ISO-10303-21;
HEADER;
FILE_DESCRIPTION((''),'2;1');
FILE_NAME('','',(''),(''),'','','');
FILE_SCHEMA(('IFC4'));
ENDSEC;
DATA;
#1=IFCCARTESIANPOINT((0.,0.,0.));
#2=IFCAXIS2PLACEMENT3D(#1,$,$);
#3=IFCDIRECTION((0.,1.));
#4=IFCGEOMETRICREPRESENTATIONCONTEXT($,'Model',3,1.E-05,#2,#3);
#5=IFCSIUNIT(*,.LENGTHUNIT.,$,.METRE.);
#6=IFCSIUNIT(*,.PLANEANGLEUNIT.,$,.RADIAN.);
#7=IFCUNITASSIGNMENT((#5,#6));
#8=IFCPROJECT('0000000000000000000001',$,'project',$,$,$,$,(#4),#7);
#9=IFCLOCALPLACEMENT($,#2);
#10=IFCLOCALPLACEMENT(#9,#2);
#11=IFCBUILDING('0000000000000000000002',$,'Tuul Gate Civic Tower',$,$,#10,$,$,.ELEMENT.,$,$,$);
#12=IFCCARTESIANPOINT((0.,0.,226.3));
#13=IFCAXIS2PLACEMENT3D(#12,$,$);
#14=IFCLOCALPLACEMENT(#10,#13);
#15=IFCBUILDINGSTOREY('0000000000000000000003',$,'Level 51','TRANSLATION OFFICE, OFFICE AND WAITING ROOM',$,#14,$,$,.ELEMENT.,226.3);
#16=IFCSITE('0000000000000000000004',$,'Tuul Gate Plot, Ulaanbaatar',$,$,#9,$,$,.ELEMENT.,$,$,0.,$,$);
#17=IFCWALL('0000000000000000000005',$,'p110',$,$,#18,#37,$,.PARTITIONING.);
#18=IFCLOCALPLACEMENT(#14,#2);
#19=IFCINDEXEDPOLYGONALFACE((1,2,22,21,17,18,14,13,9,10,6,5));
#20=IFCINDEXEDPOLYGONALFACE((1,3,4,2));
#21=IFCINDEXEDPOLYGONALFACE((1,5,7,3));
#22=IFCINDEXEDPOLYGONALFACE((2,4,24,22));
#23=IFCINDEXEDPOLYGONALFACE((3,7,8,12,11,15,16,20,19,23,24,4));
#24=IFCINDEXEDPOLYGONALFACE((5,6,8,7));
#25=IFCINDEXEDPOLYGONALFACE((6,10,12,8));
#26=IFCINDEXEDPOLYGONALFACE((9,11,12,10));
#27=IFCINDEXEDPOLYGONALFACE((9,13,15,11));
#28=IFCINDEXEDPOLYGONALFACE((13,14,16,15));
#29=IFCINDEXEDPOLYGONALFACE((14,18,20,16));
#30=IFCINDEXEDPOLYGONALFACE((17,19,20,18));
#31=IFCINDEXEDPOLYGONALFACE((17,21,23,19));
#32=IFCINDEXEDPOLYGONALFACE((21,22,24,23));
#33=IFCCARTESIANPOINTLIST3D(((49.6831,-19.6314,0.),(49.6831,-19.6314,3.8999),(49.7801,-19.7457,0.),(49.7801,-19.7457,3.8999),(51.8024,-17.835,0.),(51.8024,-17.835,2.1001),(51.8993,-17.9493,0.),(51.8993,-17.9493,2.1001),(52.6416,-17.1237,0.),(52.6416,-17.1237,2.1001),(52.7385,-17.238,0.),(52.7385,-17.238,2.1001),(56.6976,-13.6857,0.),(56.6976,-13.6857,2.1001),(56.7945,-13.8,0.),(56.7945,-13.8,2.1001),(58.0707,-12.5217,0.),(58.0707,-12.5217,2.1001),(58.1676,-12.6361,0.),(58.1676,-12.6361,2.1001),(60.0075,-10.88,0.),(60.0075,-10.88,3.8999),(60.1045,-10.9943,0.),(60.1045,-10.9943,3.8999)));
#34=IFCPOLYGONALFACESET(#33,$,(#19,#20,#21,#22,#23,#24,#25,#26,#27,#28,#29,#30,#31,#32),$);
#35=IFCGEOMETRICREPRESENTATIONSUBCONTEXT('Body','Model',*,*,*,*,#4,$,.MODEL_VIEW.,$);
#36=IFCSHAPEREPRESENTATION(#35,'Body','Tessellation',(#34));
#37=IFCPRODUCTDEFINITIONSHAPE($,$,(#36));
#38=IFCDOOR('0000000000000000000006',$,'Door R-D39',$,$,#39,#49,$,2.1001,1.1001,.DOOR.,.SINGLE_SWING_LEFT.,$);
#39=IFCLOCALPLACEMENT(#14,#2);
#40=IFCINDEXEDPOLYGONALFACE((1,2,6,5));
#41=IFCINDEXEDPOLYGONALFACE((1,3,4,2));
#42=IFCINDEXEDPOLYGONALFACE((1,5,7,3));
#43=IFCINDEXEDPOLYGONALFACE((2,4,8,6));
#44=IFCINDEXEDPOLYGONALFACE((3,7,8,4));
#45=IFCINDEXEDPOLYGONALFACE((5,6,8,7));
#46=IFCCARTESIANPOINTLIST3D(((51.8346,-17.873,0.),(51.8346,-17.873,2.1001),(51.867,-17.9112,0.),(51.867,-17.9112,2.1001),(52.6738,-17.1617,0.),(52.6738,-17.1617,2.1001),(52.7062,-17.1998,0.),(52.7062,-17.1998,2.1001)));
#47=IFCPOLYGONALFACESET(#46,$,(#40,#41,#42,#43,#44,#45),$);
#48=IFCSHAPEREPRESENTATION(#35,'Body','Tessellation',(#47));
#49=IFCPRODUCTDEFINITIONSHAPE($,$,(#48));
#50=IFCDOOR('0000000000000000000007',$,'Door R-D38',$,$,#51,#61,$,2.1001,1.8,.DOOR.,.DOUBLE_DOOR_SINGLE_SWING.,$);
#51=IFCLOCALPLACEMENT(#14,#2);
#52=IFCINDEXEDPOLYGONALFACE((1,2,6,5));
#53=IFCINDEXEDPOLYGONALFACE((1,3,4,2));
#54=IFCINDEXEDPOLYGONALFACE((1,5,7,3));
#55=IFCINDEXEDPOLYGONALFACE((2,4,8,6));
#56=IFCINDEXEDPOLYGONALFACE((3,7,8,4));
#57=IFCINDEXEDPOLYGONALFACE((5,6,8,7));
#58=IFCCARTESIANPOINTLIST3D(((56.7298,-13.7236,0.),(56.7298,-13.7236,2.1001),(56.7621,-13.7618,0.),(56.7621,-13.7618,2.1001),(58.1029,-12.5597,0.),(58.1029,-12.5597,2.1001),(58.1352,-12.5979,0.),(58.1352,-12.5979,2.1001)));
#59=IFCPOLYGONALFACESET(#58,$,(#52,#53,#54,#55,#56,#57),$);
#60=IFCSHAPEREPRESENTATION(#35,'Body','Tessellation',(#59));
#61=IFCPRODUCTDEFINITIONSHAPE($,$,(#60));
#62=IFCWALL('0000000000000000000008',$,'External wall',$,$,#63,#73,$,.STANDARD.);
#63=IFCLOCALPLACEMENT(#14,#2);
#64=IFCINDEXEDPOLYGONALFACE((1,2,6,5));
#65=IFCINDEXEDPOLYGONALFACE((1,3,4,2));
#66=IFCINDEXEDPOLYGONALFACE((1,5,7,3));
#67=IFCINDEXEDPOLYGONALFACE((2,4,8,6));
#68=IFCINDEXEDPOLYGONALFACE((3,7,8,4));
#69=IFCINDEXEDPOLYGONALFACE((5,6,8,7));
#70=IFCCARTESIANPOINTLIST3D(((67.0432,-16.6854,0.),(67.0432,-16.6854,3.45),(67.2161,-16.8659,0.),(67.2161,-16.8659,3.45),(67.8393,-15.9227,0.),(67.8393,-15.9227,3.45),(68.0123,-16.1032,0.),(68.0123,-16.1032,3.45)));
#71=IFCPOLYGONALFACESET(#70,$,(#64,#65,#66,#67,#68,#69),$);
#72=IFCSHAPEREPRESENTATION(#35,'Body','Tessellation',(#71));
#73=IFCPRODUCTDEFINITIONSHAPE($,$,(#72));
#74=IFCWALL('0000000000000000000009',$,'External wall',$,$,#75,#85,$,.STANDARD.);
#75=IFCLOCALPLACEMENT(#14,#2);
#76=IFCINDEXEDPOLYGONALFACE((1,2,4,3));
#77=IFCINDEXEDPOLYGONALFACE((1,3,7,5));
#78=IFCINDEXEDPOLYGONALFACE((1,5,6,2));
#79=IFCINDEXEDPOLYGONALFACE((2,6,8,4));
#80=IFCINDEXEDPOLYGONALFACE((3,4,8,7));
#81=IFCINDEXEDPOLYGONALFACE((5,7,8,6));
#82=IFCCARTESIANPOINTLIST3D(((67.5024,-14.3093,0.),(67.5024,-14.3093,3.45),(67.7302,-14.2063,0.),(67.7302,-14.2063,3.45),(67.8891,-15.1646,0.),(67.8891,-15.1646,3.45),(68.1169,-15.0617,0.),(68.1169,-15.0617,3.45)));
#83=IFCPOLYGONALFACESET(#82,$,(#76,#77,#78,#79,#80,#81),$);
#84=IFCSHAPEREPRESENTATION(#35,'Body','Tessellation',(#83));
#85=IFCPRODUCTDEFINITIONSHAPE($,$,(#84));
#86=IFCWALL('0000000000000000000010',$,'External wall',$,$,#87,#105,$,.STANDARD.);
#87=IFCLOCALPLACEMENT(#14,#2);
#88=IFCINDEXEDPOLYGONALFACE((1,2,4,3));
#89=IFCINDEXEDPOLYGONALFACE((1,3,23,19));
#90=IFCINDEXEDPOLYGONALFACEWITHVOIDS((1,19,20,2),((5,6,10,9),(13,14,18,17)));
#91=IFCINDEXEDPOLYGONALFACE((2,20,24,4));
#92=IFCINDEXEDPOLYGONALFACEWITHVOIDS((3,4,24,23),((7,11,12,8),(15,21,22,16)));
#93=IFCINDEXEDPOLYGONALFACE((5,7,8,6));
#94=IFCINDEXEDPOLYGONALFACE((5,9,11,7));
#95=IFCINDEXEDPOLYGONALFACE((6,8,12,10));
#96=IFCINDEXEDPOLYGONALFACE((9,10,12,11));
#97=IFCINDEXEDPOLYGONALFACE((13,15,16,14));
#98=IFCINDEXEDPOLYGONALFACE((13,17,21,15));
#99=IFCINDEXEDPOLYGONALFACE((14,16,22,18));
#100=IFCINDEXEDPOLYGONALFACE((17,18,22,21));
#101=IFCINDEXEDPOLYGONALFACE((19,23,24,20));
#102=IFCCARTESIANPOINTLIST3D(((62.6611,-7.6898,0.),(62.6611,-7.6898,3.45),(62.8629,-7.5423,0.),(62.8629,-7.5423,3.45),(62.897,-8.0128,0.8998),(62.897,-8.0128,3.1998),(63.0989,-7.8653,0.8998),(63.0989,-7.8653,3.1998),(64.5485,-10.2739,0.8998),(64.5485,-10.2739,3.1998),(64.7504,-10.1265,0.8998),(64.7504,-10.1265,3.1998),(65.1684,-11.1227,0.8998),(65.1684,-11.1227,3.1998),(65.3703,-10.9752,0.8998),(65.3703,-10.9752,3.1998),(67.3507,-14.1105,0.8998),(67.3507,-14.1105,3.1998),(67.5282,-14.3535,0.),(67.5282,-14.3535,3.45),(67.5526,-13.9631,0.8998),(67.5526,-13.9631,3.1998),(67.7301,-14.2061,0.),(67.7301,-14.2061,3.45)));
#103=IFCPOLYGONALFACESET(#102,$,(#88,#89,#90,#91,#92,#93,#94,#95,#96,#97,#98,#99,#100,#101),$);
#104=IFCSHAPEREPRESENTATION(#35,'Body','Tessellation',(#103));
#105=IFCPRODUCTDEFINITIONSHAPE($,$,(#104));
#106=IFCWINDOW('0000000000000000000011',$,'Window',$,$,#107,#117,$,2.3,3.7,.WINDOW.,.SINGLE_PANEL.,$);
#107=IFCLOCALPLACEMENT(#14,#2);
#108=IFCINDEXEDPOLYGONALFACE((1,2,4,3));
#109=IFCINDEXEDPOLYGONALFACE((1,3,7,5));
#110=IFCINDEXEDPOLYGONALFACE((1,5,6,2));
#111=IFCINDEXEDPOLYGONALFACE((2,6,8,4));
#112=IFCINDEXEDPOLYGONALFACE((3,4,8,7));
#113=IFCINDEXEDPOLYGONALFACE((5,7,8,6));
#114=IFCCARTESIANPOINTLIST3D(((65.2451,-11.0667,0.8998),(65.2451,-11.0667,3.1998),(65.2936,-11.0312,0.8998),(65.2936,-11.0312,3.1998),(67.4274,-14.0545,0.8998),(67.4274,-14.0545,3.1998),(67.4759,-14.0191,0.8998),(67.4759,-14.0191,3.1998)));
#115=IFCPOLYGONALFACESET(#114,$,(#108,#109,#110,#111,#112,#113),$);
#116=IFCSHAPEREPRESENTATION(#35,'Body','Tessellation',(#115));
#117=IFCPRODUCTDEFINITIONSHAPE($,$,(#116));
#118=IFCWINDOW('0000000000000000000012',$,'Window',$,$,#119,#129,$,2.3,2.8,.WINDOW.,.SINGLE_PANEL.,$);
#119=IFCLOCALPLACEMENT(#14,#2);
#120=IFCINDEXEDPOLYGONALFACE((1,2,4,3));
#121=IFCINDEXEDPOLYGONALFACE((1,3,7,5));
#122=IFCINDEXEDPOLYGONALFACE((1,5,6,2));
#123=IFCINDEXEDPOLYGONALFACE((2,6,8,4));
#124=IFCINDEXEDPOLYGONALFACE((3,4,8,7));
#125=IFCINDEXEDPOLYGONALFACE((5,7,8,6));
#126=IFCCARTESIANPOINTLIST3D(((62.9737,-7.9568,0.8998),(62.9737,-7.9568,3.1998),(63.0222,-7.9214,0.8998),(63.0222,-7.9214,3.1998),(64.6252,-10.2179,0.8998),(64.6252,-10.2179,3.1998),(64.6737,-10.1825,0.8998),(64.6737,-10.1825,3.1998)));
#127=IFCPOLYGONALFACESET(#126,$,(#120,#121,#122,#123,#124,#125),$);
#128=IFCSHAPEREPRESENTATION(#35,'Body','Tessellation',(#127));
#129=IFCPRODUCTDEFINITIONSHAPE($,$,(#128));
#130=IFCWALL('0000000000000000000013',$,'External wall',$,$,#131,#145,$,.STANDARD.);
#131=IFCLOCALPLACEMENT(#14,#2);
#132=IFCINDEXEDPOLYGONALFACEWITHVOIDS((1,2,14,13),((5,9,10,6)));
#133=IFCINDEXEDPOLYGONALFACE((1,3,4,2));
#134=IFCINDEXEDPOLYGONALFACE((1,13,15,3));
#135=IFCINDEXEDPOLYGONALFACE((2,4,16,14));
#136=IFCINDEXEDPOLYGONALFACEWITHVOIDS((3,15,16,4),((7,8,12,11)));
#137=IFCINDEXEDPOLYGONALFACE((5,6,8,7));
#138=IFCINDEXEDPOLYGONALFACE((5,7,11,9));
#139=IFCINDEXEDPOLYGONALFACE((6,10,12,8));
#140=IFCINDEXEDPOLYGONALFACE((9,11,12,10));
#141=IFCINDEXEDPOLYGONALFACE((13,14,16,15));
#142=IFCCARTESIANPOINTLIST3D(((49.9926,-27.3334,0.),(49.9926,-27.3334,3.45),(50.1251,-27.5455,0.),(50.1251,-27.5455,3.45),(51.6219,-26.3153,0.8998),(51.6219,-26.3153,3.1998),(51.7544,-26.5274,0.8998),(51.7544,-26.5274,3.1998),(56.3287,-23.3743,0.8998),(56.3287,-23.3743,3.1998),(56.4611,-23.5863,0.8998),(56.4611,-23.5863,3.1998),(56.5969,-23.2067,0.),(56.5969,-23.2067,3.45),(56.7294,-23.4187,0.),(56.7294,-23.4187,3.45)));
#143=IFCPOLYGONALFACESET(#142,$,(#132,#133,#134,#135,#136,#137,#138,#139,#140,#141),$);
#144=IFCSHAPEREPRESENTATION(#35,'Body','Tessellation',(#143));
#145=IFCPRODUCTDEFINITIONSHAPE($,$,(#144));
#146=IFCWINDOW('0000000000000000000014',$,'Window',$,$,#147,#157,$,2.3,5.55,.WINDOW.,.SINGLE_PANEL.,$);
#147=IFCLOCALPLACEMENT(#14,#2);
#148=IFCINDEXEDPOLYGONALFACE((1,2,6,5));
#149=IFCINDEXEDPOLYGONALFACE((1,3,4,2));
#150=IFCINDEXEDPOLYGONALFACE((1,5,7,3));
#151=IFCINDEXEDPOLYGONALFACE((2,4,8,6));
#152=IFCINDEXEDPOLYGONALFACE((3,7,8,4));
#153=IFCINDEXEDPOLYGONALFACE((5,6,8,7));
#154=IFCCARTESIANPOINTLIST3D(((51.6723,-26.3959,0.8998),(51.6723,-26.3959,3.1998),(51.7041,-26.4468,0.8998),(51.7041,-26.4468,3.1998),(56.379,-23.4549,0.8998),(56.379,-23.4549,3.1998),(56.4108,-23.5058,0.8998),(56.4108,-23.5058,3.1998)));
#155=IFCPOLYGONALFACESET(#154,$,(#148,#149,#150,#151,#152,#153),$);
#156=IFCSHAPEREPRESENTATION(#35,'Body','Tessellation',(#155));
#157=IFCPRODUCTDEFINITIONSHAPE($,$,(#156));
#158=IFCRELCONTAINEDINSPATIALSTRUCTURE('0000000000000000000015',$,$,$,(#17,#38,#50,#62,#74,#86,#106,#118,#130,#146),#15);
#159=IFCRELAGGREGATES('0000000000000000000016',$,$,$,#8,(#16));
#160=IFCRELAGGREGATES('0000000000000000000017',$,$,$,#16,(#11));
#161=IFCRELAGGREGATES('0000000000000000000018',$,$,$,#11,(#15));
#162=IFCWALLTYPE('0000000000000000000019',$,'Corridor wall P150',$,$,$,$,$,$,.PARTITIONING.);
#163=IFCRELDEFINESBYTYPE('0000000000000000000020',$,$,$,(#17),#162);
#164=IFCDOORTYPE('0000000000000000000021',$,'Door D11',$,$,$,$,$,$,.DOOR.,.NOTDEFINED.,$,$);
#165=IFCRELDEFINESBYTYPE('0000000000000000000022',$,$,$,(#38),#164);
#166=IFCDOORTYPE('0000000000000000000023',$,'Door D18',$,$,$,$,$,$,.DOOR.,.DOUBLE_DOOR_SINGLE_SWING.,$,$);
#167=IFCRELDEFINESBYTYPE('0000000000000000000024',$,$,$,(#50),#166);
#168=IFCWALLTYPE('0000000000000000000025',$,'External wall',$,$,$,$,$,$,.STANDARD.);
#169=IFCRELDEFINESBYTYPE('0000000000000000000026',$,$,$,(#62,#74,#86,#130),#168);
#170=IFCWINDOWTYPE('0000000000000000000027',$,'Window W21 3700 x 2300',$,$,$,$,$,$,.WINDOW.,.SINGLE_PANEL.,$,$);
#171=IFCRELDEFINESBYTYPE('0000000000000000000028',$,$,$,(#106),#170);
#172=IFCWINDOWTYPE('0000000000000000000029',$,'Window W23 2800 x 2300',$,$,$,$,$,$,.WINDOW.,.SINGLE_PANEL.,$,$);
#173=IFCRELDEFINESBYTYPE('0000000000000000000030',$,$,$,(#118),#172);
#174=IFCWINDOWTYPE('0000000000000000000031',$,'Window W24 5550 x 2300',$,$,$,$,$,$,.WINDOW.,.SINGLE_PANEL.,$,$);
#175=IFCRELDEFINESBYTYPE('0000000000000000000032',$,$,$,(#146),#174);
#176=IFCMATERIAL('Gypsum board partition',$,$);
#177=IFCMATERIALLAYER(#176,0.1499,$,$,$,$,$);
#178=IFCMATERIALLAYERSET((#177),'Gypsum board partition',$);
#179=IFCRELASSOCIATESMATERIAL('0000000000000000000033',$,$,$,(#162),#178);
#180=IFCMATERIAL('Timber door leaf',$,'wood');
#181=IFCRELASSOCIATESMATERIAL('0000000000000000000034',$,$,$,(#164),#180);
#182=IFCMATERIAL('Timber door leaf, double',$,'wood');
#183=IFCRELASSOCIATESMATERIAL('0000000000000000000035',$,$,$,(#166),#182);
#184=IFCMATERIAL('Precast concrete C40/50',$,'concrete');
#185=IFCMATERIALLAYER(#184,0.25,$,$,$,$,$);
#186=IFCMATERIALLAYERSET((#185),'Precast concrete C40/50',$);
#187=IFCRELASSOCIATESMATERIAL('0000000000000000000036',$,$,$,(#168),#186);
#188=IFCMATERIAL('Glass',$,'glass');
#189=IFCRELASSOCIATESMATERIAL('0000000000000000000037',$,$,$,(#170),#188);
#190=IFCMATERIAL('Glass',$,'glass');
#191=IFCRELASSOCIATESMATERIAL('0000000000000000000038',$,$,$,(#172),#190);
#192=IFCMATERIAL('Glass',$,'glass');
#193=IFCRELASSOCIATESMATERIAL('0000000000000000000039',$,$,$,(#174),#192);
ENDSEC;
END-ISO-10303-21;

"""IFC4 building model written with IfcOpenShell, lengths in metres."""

from ifc_helpers import new_model, si_unit, direction, frame, frame_2d, origin, place, context, subcontext, project, spatial, rectangle, extrude, material, layer, layer_set, type_object, element, fill, save


model = new_model("IFC4")

# Units and contexts
model_context = context("Model", 3, precision=1e-05, world=origin(), true_north=direction((0.0, 1.0)))
body_context = subcontext(model_context, "Body", "Model", "MODEL_VIEW")
ifc_project = project(units=[si_unit("LENGTHUNIT", "METRE"), si_unit("PLANEANGLEUNIT", "RADIAN")], contexts=[model_context])

# Site, building, storey
site_placement = place(None, origin())
site = spatial("IfcSite", under=ifc_project, at=site_placement, Name="Tuul Gate Plot, Ulaanbaatar", CompositionType="ELEMENT", RefElevation=0.0)
building_placement = place(site_placement, origin())
building = spatial("IfcBuilding", under=site, at=building_placement, Name="Tuul Gate Civic Tower", CompositionType="ELEMENT")
storey_placement = place(building_placement, frame((0.0, 0.0, 226.3)))
storey = spatial("IfcBuildingStorey", under=building, at=storey_placement, Name="Level 51", Description="TRANSLATION OFFICE, OFFICE AND WAITING ROOM", CompositionType="ELEMENT", Elevation=226.3)

# Wall, openings, doors
ifc_material_1 = material(Name="Gypsum board partition")
ifc_layer_1 = layer(ifc_material_1, 0.1499)
ifc_layer_set_1 = layer_set([ifc_layer_1], Name="Gypsum board partition")
wall_type_1 = type_object("IfcWallType", Name="Corridor wall P150", PredefinedType="PARTITIONING", material=ifc_layer_set_1)
wall_1_placement = place(storey_placement, frame((49.7317, -19.6885, 0.0), z_axis=(0.0, 0.0, 1.0), x_axis=(0.762826, 0.646604, 0.0)))
wall_1 = element("IfcWall", 1, at=wall_1_placement, inside=storey, type_object=wall_type_1, Name="p110", PredefinedType="PARTITIONING", context=body_context, shape_type="SweptSolid", body=[
    extrude(rectangle(XDim=13.5344, YDim=0.1499, at=frame_2d((6.7671, 0.0))), origin(), (0.0, 0.0, 1.0), 3.8999),
])
opening_1_placement = place(wall_1_placement, frame((9.1953, 0.0, 0.0)))
opening_1 = element("IfcOpeningElement", 2, at=opening_1_placement, cuts=wall_1, PredefinedType="OPENING", context=body_context, shape_type="SweptSolid", body=[
    extrude(rectangle(XDim=1.8, YDim=2.1001, at=frame_2d((0.8999, 1.05))), frame((0.0, 0.085, 0.0), z_axis=(0.0, -1.0, 0.0), x_axis=(1.0, 0.0, 0.0)), (0.0, 0.0, 1.0), 0.1699),
])
opening_2_placement = place(wall_1_placement, frame((2.7781, 0.0, 0.0)))
opening_2 = element("IfcOpeningElement", 3, at=opening_2_placement, cuts=wall_1, PredefinedType="OPENING", context=body_context, shape_type="SweptSolid", body=[
    extrude(rectangle(XDim=1.1001, YDim=2.1001, at=frame_2d((0.55, 1.05))), frame((0.0, 0.085, 0.0), z_axis=(0.0, -1.0, 0.0), x_axis=(1.0, 0.0, 0.0)), (0.0, 0.0, 1.0), 0.1699),
])
ifc_material_2 = material(Name="Timber door leaf", Category="wood")
door_type_1 = type_object("IfcDoorType", Name="Door D11", OperationType="NOTDEFINED", PredefinedType="DOOR", material=ifc_material_2)
door_1_placement = place(opening_2_placement, frame((1.1001, 0.0, 0.0), z_axis=(0.0, 0.0, 1.0), x_axis=(-1.0, 0.0, 0.0)))
door_1 = element("IfcDoor", 4, at=door_1_placement, inside=storey, type_object=door_type_1, Name="Door R-D39", OperationType="SINGLE_SWING_LEFT", OverallHeight=2.1001, OverallWidth=1.1001, PredefinedType="DOOR", context=body_context, shape_type="SweptSolid", body=[
    extrude(rectangle(XDim=1.1001, YDim=2.1001, at=frame_2d((0.55, 1.05))), frame((0.0, 0.0249, 0.0), z_axis=(0.0, -1.0, 0.0), x_axis=(1.0, 0.0, 0.0)), (0.0, 0.0, 1.0), 0.05),
])
fill(opening_2, door_1)
ifc_material_3 = material(Name="Timber door leaf, double", Category="wood")
door_type_2 = type_object("IfcDoorType", Name="Door D18", OperationType="DOUBLE_DOOR_SINGLE_SWING", PredefinedType="DOOR", material=ifc_material_3)
door_2_placement = place(opening_1_placement, frame((1.8, 0.0, 0.0), z_axis=(0.0, 0.0, 1.0), x_axis=(-1.0, 0.0, 0.0)))
door_2 = element("IfcDoor", 5, at=door_2_placement, inside=storey, type_object=door_type_2, Name="Door R-D38", OperationType="DOUBLE_DOOR_SINGLE_SWING", OverallHeight=2.1001, OverallWidth=1.8, PredefinedType="DOOR", context=body_context, shape_type="SweptSolid", body=[
    extrude(rectangle(XDim=1.8, YDim=2.1001, at=frame_2d((0.9001, 1.05))), frame((0.0, 0.0249, 0.0), z_axis=(0.0, -1.0, 0.0), x_axis=(1.0, 0.0, 0.0)), (0.0, 0.0, 1.0), 0.05),
])
fill(opening_1, door_2)

# Walls
ifc_material_4 = material(Name="Precast concrete C40/50", Category="concrete")
ifc_layer_2 = layer(ifc_material_4, 0.25)
ifc_layer_set_2 = layer_set([ifc_layer_2], Name="Precast concrete C40/50")
wall_type_2 = type_object("IfcWallType", Name="External wall", PredefinedType="STANDARD", material=ifc_layer_set_2)
wall_2_placement = place(storey_placement, frame((67.1296, -16.7756, 0.0), z_axis=(0.0, 0.0, 1.0), x_axis=(0.722113, 0.691775, 0.0)))
element("IfcWall", 6, at=wall_2_placement, inside=storey, type_object=wall_type_2, Name="External wall", PredefinedType="STANDARD", context=body_context, shape_type="SweptSolid", body=[
    extrude(rectangle(XDim=1.1025, YDim=0.25, at=frame_2d((0.5513, 0.0))), origin(), (0.0, 0.0, 1.0), 3.45),
])
wall_3_placement = place(storey_placement, frame((68.0029, -15.113, 0.0), z_axis=(0.0, 0.0, 1.0), x_axis=(-0.411921, 0.911219, 0.0)))
element("IfcWall", 7, at=wall_3_placement, inside=storey, type_object=wall_type_2, Name="External wall", PredefinedType="STANDARD", context=body_context, shape_type="SweptSolid", body=[
    extrude(rectangle(XDim=0.9387, YDim=0.25, at=frame_2d((0.4692, 0.0))), origin(), (0.0, 0.0, 1.0), 3.45),
])

# Wall, openings, windows
wall_4_placement = place(storey_placement, frame((67.6292, -14.2798, 0.0), z_axis=(0.0, 0.0, 1.0), x_axis=(-0.589817, 0.807537, 0.0)))
wall_4 = element("IfcWall", 8, at=wall_4_placement, inside=storey, type_object=wall_type_2, Name="External wall", PredefinedType="STANDARD", context=body_context, shape_type="SweptSolid", body=[
    extrude(rectangle(XDim=8.252, YDim=0.25, at=frame_2d((4.126, 0.0))), origin(), (0.0, 0.0, 1.0), 3.45),
])
opening_3_placement = place(wall_4_placement, frame((0.3008, 0.0, 0.8999)))
opening_3 = element("IfcOpeningElement", 9, at=opening_3_placement, cuts=wall_4, PredefinedType="OPENING", context=body_context, shape_type="SweptSolid", body=[
    extrude(rectangle(XDim=3.7, YDim=2.3, at=frame_2d((1.8501, 1.1499))), frame((0.0, 0.135, 0.0), z_axis=(0.0, -1.0, 0.0), x_axis=(1.0, 0.0, 0.0)), (0.0, 0.0, 1.0), 0.27),
])
opening_4_placement = place(wall_4_placement, frame((5.052, 0.0, 0.8999)))
opening_4 = element("IfcOpeningElement", 10, at=opening_4_placement, cuts=wall_4, PredefinedType="OPENING", context=body_context, shape_type="SweptSolid", body=[
    extrude(rectangle(XDim=2.8, YDim=2.3, at=frame_2d((1.3999, 1.1499))), frame((0.0, 0.135, 0.0), z_axis=(0.0, -1.0, 0.0), x_axis=(1.0, 0.0, 0.0)), (0.0, 0.0, 1.0), 0.27),
])
ifc_material_5 = material(Name="Glass", Category="glass")
window_type_1 = type_object("IfcWindowType", Name="Window W21 3700 x 2300", PartitioningType="SINGLE_PANEL", PredefinedType="WINDOW", material=ifc_material_5)
window_1_placement = place(opening_3_placement, origin())
window_1 = element("IfcWindow", 11, at=window_1_placement, inside=storey, type_object=window_type_1, Name="Window", OverallHeight=2.3, OverallWidth=3.7, PartitioningType="SINGLE_PANEL", PredefinedType="WINDOW", context=body_context, shape_type="SweptSolid", body=[
    extrude(rectangle(XDim=3.7, YDim=2.3, at=frame_2d((1.8501, 1.1499))), frame((0.0, 0.03, 0.0), z_axis=(0.0, -1.0, 0.0), x_axis=(1.0, 0.0, 0.0)), (0.0, 0.0, 1.0), 0.0601),
])
fill(opening_3, window_1)
ifc_material_6 = material(Name="Glass", Category="glass")
window_type_2 = type_object("IfcWindowType", Name="Window W23 2800 x 2300", PartitioningType="SINGLE_PANEL", PredefinedType="WINDOW", material=ifc_material_6)
window_2_placement = place(opening_4_placement, origin())
window_2 = element("IfcWindow", 12, at=window_2_placement, inside=storey, type_object=window_type_2, Name="Window", OverallHeight=2.3, OverallWidth=2.8, PartitioningType="SINGLE_PANEL", PredefinedType="WINDOW", context=body_context, shape_type="SweptSolid", body=[
    extrude(rectangle(XDim=2.8, YDim=2.3, at=frame_2d((1.3999, 1.1499))), frame((0.0, 0.03, 0.0), z_axis=(0.0, -1.0, 0.0), x_axis=(1.0, 0.0, 0.0)), (0.0, 0.0, 1.0), 0.0601),
])
fill(opening_4, window_2)

# Wall, opening, window
wall_5_placement = place(storey_placement, frame((50.0588, -27.4395, 0.0), z_axis=(0.0, 0.0, 1.0), x_axis=(0.848053, 0.529912, 0.0)))
wall_5 = element("IfcWall", 13, at=wall_5_placement, inside=storey, type_object=wall_type_2, Name="External wall", PredefinedType="STANDARD", context=body_context, shape_type="SweptSolid", body=[
    extrude(rectangle(XDim=7.7876, YDim=0.25, at=frame_2d((3.8938, 0.0))), origin(), (0.0, 0.0, 1.0), 3.45),
])
opening_5_placement = place(wall_5_placement, frame((1.9214, 0.0, 0.8999)))
opening_5 = element("IfcOpeningElement", 14, at=opening_5_placement, cuts=wall_5, PredefinedType="OPENING", context=body_context, shape_type="SweptSolid", body=[
    extrude(rectangle(XDim=5.55, YDim=2.3, at=frame_2d((2.7749, 1.1499))), frame((0.0, 0.135, 0.0), z_axis=(0.0, -1.0, 0.0), x_axis=(1.0, 0.0, 0.0)), (0.0, 0.0, 1.0), 0.27),
])
ifc_material_7 = material(Name="Glass", Category="glass")
window_type_3 = type_object("IfcWindowType", Name="Window W24 5550 x 2300", PartitioningType="SINGLE_PANEL", PredefinedType="WINDOW", material=ifc_material_7)
window_3_placement = place(opening_5_placement, origin())
window_3 = element("IfcWindow", 15, at=window_3_placement, inside=storey, type_object=window_type_3, Name="Window", OverallHeight=2.3, OverallWidth=5.55, PartitioningType="SINGLE_PANEL", PredefinedType="WINDOW", context=body_context, shape_type="SweptSolid", body=[
    extrude(rectangle(XDim=5.55, YDim=2.3, at=frame_2d((2.7749, 1.1499))), frame((0.0, 0.03, 0.0), z_axis=(0.0, -1.0, 0.0), x_axis=(1.0, 0.0, 0.0)), (0.0, 0.0, 1.0), 0.0601),
])
fill(opening_5, window_3)

save(model, "model.ifc")
